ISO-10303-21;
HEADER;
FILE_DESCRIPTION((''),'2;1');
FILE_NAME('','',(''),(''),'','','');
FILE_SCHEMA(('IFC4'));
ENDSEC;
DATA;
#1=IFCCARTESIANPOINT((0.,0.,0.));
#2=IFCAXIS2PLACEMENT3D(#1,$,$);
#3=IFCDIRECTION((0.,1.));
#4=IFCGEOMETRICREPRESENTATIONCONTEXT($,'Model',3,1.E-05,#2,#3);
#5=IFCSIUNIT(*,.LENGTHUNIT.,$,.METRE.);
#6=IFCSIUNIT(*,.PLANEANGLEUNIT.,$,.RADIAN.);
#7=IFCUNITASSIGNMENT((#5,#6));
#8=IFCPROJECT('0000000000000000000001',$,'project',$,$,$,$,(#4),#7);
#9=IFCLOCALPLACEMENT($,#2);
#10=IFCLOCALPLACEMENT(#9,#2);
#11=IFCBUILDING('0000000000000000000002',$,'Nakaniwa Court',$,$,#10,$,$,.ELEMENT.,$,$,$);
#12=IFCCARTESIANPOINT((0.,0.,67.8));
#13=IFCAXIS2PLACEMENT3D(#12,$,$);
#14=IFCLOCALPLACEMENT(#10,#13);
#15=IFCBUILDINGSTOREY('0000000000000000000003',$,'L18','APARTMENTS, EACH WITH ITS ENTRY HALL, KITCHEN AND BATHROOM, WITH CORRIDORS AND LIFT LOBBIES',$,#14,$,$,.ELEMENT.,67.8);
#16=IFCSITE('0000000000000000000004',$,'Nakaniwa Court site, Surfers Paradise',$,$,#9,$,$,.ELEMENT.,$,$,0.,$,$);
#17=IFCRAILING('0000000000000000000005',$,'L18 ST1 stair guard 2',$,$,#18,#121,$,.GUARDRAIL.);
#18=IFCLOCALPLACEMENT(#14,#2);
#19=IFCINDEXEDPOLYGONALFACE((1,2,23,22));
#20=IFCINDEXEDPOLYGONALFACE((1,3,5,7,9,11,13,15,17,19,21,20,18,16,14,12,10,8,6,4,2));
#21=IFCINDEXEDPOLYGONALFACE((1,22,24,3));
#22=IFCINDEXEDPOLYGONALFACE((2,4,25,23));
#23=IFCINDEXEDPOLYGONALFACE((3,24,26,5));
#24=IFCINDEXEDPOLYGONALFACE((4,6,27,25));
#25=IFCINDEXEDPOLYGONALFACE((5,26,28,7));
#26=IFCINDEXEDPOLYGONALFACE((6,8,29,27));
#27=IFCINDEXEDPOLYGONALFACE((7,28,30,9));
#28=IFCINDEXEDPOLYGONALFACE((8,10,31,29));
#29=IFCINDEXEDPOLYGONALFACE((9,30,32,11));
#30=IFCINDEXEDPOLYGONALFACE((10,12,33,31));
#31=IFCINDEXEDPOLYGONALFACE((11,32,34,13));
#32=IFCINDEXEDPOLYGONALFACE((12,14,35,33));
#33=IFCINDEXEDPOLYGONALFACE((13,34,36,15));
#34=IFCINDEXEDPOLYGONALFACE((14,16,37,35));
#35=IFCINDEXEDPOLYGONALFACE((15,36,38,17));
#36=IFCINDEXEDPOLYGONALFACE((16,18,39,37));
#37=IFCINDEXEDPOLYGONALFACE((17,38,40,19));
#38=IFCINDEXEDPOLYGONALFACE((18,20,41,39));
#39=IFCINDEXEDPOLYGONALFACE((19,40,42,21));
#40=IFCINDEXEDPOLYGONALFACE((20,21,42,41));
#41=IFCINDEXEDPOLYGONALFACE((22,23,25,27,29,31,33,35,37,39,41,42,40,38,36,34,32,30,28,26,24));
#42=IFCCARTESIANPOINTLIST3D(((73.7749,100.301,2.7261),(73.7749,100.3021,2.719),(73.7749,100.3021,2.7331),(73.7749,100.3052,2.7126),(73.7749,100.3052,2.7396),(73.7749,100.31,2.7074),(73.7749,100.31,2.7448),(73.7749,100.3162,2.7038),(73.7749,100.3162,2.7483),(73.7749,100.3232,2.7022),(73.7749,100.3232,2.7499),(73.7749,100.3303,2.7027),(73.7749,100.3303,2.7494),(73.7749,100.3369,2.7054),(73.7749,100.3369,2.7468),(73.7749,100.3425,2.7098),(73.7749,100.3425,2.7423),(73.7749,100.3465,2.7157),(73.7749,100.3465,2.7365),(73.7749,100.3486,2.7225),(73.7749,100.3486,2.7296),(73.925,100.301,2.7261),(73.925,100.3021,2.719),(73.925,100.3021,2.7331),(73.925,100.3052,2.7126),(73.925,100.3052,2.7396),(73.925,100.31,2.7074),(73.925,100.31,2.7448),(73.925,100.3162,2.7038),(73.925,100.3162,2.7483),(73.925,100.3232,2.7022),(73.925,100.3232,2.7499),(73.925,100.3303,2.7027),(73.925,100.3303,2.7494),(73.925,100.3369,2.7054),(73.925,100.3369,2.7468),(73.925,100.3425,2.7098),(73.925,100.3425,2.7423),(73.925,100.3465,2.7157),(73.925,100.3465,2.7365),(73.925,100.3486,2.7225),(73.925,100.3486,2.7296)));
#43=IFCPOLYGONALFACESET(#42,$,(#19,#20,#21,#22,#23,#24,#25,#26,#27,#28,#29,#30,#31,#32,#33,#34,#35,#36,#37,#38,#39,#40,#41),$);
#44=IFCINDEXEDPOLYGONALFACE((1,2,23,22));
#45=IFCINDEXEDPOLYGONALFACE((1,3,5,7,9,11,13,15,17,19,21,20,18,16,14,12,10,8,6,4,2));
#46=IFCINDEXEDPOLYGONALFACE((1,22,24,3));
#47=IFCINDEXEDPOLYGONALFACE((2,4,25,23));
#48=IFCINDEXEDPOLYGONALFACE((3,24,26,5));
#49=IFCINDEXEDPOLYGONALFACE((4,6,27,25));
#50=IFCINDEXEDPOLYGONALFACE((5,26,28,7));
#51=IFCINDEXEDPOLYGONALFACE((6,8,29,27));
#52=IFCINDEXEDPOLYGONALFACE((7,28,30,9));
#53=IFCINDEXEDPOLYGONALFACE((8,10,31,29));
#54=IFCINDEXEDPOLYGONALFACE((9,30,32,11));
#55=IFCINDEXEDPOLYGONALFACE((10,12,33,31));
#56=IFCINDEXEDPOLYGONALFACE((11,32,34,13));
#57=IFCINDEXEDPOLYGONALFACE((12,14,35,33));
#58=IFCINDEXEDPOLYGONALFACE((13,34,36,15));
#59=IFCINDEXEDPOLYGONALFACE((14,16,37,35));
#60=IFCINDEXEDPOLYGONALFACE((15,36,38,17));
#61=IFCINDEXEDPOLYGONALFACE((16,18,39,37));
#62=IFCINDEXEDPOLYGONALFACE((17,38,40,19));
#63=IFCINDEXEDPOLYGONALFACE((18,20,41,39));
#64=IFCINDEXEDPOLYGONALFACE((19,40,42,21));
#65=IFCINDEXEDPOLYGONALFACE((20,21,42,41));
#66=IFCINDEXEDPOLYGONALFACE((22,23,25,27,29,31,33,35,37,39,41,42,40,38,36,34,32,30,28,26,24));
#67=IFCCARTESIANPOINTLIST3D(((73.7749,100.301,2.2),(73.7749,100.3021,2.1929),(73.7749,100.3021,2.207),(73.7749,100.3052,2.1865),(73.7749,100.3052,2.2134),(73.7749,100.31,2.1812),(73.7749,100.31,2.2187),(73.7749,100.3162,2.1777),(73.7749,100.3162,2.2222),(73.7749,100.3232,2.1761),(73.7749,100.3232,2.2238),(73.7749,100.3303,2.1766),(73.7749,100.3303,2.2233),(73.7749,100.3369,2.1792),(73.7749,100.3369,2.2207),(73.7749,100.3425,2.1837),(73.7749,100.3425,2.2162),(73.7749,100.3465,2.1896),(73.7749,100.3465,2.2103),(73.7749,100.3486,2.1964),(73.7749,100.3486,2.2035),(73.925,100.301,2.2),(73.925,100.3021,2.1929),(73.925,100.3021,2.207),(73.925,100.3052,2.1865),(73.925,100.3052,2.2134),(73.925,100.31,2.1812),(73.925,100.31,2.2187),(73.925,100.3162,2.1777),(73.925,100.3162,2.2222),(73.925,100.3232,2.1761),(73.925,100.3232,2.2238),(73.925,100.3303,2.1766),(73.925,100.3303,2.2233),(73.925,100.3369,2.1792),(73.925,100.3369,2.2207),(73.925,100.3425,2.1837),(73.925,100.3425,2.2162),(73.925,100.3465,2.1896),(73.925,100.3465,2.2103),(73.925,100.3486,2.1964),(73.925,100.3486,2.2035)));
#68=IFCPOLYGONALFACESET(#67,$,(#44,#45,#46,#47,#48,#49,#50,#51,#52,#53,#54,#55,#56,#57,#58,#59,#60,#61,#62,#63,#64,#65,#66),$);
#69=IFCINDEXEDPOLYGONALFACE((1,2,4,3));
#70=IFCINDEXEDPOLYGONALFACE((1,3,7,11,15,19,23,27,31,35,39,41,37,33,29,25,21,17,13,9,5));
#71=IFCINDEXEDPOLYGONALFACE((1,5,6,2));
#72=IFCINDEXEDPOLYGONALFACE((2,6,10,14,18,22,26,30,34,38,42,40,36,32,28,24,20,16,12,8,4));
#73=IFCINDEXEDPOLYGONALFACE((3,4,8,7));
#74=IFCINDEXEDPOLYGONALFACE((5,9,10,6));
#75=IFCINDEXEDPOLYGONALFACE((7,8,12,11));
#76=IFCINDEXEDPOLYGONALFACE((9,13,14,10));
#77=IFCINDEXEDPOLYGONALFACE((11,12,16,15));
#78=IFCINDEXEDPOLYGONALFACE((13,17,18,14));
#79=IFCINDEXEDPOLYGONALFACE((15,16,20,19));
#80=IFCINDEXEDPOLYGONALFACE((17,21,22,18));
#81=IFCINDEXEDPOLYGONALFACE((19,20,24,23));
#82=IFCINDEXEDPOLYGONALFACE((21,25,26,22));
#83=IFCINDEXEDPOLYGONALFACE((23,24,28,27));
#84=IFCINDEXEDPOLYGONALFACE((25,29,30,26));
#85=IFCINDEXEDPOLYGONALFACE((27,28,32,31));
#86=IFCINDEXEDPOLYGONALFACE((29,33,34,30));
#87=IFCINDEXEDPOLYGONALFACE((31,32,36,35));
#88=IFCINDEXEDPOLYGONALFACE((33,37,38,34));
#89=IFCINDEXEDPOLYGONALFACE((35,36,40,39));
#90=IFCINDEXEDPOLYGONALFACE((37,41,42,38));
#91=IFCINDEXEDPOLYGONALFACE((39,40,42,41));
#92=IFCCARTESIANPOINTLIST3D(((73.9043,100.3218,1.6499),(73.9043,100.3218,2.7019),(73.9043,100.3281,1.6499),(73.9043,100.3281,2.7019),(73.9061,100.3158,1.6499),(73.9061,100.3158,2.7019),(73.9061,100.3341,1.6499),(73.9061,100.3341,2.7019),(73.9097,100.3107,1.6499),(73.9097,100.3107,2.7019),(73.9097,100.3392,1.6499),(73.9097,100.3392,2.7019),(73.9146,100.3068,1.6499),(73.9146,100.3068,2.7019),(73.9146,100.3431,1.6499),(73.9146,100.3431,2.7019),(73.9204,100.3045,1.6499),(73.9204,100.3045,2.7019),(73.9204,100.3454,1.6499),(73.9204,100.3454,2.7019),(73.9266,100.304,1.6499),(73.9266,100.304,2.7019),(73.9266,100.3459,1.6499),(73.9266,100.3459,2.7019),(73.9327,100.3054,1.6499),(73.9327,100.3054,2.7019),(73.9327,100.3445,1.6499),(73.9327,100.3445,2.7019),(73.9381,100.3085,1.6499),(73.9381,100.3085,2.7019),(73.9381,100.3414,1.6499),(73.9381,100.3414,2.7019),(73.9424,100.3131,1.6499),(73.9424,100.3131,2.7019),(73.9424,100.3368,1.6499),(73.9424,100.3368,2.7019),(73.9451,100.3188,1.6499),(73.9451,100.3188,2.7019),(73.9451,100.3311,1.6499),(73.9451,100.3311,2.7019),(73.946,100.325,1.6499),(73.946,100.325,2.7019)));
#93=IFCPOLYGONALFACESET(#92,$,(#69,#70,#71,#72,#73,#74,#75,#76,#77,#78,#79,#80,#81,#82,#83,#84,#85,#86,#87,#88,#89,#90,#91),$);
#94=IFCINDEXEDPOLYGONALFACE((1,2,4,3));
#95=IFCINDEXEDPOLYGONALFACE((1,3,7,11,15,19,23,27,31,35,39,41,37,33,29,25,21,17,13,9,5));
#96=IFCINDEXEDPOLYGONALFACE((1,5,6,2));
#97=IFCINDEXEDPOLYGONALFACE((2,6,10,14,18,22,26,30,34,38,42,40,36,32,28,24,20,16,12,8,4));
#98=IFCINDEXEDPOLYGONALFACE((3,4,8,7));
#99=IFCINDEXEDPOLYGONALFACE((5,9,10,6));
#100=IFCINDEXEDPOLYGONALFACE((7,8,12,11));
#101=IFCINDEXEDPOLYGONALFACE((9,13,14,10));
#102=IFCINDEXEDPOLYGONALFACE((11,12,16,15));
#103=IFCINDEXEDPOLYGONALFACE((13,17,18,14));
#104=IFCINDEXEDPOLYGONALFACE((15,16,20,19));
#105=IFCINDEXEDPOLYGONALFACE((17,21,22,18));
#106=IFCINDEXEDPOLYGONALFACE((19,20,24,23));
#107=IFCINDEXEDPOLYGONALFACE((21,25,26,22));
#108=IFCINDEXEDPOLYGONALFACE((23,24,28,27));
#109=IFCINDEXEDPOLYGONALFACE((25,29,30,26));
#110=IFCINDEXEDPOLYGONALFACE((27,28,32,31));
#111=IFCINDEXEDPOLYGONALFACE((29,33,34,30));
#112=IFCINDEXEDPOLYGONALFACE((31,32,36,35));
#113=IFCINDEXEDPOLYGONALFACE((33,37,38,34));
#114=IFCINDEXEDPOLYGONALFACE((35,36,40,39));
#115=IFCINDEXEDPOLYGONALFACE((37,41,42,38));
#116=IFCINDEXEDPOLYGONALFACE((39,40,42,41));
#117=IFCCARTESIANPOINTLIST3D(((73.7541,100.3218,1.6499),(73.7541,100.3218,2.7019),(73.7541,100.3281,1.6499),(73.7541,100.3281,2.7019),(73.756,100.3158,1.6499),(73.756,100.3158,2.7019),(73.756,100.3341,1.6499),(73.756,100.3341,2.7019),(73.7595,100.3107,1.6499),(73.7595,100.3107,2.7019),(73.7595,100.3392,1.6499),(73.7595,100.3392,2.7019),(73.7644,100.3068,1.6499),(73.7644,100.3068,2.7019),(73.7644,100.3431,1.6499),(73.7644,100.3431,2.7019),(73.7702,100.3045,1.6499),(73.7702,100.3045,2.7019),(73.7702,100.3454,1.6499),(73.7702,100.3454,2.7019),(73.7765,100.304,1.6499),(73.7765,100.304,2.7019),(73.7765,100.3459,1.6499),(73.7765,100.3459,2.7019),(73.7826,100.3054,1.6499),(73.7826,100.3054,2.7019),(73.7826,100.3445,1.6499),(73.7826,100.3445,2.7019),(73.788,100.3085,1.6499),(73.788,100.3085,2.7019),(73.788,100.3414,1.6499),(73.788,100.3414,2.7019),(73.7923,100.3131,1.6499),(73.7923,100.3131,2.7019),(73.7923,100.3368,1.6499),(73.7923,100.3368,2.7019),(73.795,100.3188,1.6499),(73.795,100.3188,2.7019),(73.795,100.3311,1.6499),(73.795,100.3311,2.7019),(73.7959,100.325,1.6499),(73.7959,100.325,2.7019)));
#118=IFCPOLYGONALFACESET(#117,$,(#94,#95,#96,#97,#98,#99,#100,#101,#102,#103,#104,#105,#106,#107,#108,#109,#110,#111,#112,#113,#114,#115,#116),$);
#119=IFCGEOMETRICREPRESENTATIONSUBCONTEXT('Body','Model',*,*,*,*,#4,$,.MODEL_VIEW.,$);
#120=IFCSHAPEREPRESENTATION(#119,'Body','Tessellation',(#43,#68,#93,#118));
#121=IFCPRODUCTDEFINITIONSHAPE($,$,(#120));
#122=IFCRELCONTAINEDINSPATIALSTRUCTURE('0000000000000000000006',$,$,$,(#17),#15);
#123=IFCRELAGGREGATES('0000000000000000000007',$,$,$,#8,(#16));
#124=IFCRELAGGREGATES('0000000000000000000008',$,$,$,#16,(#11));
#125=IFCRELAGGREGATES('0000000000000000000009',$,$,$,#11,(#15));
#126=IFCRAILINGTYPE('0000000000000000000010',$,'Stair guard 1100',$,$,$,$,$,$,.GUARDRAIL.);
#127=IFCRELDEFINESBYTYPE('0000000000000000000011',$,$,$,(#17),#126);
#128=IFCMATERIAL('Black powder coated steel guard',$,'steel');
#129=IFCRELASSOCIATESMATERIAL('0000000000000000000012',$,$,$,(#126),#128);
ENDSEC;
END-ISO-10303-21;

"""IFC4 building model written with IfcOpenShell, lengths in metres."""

from ifc_helpers import new_model, si_unit, direction, frame, origin, origin_2d, place, context, subcontext, project, spatial, circle, extrude, material, type_object, element, save


model = new_model("IFC4")

# Units and contexts
model_context = context("Model", 3, precision=1e-05, world=origin(), true_north=direction((0.0, 1.0)))
body_context = subcontext(model_context, "Body", "Model", "MODEL_VIEW")
ifc_project = project(units=[si_unit("LENGTHUNIT", "METRE"), si_unit("PLANEANGLEUNIT", "RADIAN")], contexts=[model_context])

# Site, building, storey
site_placement = place(None, origin())
site = spatial("IfcSite", under=ifc_project, at=site_placement, Name="Nakaniwa Court site, Surfers Paradise", CompositionType="ELEMENT", RefElevation=0.0)
building_placement = place(site_placement, origin())
building = spatial("IfcBuilding", under=site, at=building_placement, Name="Nakaniwa Court", CompositionType="ELEMENT")
storey_placement = place(building_placement, frame((0.0, 0.0, 67.8)))
storey = spatial("IfcBuildingStorey", under=building, at=storey_placement, Name="L18", Description="APARTMENTS, EACH WITH ITS ENTRY HALL, KITCHEN AND BATHROOM, WITH CORRIDORS AND LIFT LOBBIES", CompositionType="ELEMENT", Elevation=67.8)

# Railing
ifc_material_1 = material(Name="Black powder coated steel guard", Category="steel")
railing_type_1 = type_object("IfcRailingType", Name="Stair guard 1100", PredefinedType="GUARDRAIL", material=ifc_material_1)
railing_1_placement = place(storey_placement, frame((73.925, 100.325, 1.6499)))
element("IfcRailing", 1, at=railing_1_placement, inside=storey, type_object=railing_type_1, Name="L18 ST1 stair guard 2", PredefinedType="GUARDRAIL", context=body_context, shape_type="SweptSolid", body=[
    extrude(circle(Radius=0.0239, at=origin_2d()), frame((0.0, 0.0, 1.0762), z_axis=(-1.0, 0.0, 0.0), x_axis=(0.0, -1.0, 0.0)), (0.0, 0.0, 1.0), 0.1501),
    extrude(circle(Radius=0.0239, at=origin_2d()), frame((0.0, 0.0, 0.55), z_axis=(-1.0, 0.0, 0.0), x_axis=(0.0, -1.0, 0.0)), (0.0, 0.0, 1.0), 0.1501),
    extrude(circle(Radius=0.021, at=origin_2d()), origin(), (0.0, 0.0, 1.0), 1.052),
    extrude(circle(Radius=0.021, at=origin_2d()), frame((-0.1501, 0.0, 0.0)), (0.0, 0.0, 1.0), 1.052),
])

save(model, "model.ifc")
